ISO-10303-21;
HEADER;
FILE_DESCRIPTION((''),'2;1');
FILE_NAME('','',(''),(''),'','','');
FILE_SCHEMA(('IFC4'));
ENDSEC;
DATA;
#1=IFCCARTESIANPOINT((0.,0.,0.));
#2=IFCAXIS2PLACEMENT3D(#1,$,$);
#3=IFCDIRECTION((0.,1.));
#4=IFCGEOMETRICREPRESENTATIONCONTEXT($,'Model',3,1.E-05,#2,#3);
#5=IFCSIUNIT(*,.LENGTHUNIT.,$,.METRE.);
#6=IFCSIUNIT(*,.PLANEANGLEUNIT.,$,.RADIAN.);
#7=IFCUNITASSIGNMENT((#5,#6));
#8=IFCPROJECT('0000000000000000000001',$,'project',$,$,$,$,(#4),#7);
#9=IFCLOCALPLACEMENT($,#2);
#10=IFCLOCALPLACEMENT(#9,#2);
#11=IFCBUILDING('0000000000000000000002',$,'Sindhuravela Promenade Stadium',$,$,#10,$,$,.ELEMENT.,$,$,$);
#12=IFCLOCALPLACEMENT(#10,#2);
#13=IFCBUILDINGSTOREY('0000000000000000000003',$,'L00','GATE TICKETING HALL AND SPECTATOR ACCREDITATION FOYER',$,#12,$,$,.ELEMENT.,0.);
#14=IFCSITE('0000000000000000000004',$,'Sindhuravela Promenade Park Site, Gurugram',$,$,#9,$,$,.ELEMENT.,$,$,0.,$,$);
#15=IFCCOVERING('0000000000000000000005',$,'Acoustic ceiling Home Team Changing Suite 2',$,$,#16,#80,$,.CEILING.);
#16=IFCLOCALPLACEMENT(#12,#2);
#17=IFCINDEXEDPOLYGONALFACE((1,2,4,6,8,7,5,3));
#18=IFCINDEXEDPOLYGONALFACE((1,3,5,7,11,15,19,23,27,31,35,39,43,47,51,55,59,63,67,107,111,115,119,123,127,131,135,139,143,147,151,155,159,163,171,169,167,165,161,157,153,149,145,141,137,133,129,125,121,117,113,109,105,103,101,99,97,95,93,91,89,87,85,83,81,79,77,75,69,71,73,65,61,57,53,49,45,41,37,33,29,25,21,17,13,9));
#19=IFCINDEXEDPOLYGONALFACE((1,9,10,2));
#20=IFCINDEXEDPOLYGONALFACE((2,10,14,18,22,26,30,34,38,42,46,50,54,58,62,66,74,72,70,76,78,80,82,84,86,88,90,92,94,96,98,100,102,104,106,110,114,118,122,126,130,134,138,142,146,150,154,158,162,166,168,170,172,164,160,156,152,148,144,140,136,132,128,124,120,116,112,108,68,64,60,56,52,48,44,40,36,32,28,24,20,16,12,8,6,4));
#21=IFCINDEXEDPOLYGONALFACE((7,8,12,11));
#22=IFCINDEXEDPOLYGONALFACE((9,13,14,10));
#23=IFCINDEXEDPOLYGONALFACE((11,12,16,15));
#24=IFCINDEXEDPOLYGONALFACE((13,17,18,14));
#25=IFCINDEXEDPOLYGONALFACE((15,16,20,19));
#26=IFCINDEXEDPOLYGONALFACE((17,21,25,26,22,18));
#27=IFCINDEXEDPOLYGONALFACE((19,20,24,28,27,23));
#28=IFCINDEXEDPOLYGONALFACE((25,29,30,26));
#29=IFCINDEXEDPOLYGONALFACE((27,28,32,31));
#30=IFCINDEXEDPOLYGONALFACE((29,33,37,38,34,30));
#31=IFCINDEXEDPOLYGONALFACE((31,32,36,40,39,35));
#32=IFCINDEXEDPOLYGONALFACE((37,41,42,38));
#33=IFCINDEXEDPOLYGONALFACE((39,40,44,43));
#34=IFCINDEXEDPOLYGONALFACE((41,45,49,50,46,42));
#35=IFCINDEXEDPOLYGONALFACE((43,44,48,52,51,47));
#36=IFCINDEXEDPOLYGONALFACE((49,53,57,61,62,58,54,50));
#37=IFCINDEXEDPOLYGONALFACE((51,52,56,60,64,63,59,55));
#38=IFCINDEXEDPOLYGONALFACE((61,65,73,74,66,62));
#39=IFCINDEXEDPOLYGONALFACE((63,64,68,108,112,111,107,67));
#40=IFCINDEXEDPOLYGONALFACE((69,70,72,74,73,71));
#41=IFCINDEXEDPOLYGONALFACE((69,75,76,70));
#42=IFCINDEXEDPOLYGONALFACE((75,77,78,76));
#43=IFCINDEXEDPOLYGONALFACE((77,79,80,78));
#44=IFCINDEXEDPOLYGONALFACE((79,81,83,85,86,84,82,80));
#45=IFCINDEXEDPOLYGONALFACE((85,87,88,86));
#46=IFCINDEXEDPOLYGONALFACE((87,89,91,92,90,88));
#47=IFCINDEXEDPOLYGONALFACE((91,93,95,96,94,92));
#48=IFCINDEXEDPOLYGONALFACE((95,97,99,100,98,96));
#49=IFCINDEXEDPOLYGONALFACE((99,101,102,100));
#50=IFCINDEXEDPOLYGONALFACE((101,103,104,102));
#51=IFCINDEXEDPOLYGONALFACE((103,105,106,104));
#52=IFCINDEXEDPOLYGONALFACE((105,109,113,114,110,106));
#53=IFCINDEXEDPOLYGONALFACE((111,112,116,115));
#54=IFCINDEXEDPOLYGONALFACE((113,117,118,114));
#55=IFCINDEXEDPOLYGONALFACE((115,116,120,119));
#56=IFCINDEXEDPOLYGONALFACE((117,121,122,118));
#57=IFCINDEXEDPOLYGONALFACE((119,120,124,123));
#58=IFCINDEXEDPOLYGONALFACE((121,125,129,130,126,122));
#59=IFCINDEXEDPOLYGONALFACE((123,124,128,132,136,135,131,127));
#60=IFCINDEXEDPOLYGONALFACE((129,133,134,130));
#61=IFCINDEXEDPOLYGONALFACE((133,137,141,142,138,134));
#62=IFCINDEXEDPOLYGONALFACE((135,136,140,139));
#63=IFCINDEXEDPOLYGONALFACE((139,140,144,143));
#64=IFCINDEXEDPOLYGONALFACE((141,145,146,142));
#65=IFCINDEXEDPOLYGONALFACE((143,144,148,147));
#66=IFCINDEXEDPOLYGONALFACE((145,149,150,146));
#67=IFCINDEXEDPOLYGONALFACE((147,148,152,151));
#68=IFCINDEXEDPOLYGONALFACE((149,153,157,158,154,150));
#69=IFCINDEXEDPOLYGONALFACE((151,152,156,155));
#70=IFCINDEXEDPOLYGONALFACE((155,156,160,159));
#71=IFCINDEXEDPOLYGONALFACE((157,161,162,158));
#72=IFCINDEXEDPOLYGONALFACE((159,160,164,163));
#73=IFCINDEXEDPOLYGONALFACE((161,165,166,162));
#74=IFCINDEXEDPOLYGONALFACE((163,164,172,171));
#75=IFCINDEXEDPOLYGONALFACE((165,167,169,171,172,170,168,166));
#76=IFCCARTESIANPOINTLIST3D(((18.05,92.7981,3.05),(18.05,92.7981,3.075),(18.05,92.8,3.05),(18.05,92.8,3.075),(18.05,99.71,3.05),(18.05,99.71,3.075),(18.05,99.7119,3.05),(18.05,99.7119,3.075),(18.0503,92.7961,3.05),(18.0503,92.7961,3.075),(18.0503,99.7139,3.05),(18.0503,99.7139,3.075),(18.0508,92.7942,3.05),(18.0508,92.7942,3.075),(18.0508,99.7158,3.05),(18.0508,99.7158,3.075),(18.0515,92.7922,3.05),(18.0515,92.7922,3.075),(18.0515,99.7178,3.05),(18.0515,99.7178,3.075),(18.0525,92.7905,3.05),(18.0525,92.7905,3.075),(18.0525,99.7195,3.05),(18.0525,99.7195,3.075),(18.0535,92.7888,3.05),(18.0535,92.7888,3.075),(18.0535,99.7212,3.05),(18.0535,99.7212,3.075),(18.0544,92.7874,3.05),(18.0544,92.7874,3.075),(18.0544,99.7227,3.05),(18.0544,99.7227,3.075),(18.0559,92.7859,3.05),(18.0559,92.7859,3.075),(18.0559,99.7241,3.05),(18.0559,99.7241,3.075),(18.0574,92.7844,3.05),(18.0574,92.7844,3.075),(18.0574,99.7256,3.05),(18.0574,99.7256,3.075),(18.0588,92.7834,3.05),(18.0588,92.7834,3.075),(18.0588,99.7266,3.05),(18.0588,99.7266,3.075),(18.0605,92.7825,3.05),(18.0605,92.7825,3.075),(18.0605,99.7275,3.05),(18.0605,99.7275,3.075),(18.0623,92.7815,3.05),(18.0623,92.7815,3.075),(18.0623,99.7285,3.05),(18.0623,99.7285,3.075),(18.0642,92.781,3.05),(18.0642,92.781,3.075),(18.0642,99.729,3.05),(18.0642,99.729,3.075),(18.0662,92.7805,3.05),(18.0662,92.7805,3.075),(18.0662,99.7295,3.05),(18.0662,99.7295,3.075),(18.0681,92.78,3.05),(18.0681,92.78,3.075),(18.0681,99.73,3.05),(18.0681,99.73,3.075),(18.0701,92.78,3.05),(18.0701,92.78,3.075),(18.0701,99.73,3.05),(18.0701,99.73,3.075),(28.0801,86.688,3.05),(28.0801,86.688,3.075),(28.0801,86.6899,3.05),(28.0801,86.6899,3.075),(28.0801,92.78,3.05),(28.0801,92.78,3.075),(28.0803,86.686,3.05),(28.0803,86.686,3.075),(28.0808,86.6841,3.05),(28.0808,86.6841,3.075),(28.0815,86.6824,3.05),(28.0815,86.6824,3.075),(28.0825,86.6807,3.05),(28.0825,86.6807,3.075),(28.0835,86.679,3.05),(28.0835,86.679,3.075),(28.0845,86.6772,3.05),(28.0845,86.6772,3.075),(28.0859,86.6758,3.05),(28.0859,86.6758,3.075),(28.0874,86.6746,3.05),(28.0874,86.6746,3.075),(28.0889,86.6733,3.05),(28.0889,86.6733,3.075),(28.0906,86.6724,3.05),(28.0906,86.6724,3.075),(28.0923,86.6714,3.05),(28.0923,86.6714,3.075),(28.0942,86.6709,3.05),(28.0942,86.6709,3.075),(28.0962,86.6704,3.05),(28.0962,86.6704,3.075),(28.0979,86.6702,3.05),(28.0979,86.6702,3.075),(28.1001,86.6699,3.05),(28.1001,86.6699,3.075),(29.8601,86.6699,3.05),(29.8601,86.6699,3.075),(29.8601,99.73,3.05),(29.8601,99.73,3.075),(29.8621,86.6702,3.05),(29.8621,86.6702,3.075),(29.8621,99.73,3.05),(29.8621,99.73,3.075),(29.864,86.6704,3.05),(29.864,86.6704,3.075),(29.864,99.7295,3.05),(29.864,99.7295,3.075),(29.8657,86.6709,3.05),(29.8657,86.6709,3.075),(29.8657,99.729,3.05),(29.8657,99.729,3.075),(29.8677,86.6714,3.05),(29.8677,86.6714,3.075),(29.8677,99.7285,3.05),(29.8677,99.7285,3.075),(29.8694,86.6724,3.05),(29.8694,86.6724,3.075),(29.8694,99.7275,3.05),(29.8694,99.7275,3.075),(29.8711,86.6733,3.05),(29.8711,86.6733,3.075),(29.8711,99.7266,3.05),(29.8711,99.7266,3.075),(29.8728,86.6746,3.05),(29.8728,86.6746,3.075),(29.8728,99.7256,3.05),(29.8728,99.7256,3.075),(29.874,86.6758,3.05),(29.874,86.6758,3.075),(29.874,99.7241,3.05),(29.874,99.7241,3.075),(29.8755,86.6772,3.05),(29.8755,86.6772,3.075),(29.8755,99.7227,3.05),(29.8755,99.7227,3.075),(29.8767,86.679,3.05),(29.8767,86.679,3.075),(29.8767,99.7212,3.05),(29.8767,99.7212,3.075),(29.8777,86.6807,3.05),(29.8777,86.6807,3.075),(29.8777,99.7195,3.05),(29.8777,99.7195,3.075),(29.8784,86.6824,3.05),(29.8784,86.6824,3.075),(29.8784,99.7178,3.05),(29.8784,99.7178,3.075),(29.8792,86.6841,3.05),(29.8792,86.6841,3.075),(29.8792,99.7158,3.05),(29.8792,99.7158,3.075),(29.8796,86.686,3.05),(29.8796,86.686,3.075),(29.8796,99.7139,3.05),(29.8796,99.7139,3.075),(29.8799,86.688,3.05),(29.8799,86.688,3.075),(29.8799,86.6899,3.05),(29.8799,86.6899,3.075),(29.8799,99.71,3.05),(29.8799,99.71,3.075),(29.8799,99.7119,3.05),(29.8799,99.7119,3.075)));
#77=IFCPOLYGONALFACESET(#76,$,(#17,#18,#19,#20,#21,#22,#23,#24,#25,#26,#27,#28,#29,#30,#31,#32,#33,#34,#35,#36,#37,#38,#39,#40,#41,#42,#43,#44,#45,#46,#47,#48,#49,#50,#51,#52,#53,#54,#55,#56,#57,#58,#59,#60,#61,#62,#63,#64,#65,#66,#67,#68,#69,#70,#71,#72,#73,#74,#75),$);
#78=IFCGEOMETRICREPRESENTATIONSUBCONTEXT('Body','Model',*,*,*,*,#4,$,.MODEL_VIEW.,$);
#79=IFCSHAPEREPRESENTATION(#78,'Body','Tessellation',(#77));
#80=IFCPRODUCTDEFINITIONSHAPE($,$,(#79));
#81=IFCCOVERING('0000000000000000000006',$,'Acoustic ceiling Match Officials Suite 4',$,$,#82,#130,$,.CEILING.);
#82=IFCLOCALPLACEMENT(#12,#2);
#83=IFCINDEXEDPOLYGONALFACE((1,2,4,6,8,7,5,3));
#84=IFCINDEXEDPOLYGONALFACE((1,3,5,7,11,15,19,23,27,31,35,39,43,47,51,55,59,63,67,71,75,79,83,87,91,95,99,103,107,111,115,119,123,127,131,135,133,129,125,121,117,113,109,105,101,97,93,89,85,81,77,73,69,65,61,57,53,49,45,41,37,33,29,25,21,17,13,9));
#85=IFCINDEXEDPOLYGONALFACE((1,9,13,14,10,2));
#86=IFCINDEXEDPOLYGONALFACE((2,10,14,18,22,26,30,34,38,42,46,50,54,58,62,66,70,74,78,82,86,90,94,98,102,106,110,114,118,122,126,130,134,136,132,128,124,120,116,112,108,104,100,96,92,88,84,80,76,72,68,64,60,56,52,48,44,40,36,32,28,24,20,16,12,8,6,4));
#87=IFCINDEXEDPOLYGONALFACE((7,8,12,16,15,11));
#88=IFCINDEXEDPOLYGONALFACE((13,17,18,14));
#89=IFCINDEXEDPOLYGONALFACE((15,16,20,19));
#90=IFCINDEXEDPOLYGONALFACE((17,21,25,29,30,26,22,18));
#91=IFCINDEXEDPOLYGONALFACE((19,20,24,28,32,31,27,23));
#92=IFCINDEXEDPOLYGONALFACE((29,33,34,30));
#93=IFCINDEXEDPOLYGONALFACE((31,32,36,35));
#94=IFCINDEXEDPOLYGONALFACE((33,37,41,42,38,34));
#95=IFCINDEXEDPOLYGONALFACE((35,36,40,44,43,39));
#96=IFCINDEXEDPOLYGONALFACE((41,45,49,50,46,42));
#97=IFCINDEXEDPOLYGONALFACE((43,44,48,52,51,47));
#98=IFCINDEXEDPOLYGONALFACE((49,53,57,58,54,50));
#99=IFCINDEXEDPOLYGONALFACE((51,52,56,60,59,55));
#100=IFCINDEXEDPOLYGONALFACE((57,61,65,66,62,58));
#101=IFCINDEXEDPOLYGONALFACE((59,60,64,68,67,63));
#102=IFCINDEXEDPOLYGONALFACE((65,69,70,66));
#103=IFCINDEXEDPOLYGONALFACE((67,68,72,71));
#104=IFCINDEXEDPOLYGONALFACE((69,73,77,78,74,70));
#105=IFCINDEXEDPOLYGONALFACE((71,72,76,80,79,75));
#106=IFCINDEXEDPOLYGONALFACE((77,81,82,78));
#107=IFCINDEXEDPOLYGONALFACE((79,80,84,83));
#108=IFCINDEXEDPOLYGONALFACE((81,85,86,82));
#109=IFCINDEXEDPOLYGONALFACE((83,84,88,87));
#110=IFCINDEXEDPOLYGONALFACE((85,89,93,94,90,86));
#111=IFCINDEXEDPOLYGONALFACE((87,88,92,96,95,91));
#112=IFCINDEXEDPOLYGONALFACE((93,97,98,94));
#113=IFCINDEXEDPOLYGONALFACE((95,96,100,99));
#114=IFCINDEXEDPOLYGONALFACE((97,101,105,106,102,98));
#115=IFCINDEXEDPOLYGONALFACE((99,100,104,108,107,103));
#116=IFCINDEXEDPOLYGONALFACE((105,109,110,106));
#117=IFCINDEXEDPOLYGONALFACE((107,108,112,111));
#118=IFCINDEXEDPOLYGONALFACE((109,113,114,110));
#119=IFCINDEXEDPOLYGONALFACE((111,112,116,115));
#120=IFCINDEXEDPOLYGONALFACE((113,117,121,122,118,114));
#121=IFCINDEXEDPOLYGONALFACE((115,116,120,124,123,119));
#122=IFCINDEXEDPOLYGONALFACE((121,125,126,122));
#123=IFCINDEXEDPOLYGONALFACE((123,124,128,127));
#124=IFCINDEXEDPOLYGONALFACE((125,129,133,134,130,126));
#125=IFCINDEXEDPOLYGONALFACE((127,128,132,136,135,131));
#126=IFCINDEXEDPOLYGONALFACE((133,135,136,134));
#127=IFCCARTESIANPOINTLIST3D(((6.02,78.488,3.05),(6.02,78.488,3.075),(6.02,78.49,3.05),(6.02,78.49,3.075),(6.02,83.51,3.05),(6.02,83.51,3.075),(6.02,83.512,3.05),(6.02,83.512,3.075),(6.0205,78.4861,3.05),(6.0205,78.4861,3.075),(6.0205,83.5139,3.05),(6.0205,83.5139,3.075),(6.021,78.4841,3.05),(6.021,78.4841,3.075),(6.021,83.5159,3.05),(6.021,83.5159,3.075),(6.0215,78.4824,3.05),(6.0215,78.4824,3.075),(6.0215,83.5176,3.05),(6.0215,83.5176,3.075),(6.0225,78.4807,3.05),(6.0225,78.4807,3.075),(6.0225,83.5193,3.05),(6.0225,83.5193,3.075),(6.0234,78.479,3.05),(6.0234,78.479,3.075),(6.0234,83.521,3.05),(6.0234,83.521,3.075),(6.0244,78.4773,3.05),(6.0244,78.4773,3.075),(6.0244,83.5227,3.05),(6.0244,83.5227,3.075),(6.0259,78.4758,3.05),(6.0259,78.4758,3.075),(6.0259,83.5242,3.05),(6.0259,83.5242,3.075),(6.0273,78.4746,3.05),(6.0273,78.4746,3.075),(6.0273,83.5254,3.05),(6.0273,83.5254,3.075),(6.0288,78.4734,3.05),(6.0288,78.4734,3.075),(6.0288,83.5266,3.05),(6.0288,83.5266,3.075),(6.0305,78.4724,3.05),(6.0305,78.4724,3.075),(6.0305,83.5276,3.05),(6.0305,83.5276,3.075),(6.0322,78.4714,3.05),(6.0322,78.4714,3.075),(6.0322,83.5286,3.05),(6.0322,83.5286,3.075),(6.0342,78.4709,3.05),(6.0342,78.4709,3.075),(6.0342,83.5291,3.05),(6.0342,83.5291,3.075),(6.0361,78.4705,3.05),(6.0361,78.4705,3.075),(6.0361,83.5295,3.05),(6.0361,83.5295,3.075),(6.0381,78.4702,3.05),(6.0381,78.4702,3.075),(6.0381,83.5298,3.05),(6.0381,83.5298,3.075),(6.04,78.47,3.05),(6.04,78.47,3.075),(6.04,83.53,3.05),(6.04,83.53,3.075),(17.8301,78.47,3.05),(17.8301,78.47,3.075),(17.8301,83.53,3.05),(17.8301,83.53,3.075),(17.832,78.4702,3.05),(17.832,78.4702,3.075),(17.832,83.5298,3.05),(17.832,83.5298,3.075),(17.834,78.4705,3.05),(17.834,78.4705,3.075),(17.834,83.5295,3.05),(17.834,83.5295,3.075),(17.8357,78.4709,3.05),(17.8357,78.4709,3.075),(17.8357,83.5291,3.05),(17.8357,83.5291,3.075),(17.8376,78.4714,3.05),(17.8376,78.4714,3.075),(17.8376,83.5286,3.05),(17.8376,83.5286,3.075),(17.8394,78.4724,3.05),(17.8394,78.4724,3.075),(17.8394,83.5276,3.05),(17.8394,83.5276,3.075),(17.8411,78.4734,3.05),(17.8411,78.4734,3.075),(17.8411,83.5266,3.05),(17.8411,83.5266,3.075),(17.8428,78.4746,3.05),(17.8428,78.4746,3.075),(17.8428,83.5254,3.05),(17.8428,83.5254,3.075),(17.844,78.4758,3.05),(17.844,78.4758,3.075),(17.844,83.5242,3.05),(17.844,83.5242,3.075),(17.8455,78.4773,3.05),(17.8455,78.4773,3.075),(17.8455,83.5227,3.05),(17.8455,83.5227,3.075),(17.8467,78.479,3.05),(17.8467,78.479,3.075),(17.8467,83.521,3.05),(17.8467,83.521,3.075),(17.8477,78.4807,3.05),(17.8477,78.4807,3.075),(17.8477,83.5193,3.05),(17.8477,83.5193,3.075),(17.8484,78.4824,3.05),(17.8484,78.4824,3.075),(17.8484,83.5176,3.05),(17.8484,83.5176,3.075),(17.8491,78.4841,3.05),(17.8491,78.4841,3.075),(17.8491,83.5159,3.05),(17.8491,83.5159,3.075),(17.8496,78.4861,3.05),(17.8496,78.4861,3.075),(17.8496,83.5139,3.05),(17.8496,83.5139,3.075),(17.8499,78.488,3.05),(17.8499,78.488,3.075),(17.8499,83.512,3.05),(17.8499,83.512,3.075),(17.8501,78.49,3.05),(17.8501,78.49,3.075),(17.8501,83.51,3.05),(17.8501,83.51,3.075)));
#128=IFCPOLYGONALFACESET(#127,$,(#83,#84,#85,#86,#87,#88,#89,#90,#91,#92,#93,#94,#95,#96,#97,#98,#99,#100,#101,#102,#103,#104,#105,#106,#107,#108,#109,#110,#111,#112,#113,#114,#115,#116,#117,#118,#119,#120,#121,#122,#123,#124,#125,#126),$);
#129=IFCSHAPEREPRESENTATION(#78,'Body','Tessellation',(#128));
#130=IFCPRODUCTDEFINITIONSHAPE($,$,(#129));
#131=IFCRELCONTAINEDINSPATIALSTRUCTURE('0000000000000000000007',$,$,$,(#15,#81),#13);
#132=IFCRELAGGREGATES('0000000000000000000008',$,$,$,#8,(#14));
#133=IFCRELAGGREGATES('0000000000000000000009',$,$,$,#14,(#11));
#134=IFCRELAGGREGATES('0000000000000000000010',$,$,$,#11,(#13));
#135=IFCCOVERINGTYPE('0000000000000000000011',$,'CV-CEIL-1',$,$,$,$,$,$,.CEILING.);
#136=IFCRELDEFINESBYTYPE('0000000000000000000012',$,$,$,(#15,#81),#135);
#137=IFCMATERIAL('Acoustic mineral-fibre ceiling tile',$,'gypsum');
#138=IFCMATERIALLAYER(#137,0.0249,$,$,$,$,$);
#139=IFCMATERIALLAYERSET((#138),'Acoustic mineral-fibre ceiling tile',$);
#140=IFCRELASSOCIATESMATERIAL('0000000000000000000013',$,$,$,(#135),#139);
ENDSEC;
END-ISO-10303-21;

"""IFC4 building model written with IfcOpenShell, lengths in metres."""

from ifc_helpers import new_model, si_unit, direction, frame, origin, place, context, subcontext, project, spatial, polyline, outline, extrude, material, layer, layer_set, type_object, element, save


model = new_model("IFC4")

# Units and contexts
model_context = context("Model", 3, precision=1e-05, world=origin(), true_north=direction((0.0, 1.0)))
body_context = subcontext(model_context, "Body", "Model", "MODEL_VIEW")
ifc_project = project(units=[si_unit("LENGTHUNIT", "METRE"), si_unit("PLANEANGLEUNIT", "RADIAN")], contexts=[model_context])

# Site, building, storey
site_placement = place(None, origin())
site = spatial("IfcSite", under=ifc_project, at=site_placement, Name="Sindhuravela Promenade Park Site, Gurugram", CompositionType="ELEMENT", RefElevation=0.0)
building_placement = place(site_placement, origin())
building = spatial("IfcBuilding", under=site, at=building_placement, Name="Sindhuravela Promenade Stadium", CompositionType="ELEMENT")
storey_placement = place(building_placement, origin())
storey = spatial("IfcBuildingStorey", under=building, at=storey_placement, Name="L00", Description="GATE TICKETING HALL AND SPECTATOR ACCREDITATION FOYER", CompositionType="ELEMENT", Elevation=0.0)

# Coverings
ifc_material = material(Name="Acoustic mineral-fibre ceiling tile", Category="gypsum")
ifc_layer_1 = layer(ifc_material, 0.0249)
ifc_layer_set_1 = layer_set([ifc_layer_1], Name="Acoustic mineral-fibre ceiling tile")
covering_type_1 = type_object("IfcCoveringType", Name="CV-CEIL-1", PredefinedType="CEILING", material=ifc_layer_set_1)
covering_1_placement = place(storey_placement, frame((0.0, 0.0, 3.05)))
element("IfcCovering", 1, at=covering_1_placement, inside=storey, type_object=covering_type_1, Name="Acoustic ceiling Home Team Changing Suite 2", PredefinedType="CEILING", context=body_context, shape_type="SweptSolid", body=[
    extrude(outline(polyline([(29.8601, 99.73), (29.8621, 99.73), (29.864, 99.7295), (29.8657, 99.729), (29.8677, 99.7285), (29.8694, 99.7275), (29.8711, 99.7266), (29.8728, 99.7256), (29.874, 99.7241), (29.8755, 99.7227), (29.8767, 99.7212), (29.8777, 99.7195), (29.8784, 99.7178), (29.8792, 99.7158), (29.8796, 99.7139), (29.8799, 99.7119), (29.8799, 99.71), (29.8799, 86.6899), (29.8799, 86.688), (29.8796, 86.686), (29.8792, 86.6841), (29.8784, 86.6824), (29.8777, 86.6807), (29.8767, 86.679), (29.8755, 86.6772), (29.874, 86.6758), (29.8728, 86.6746), (29.8711, 86.6733), (29.8694, 86.6724), (29.8677, 86.6714), (29.8657, 86.6709), (29.864, 86.6704), (29.8621, 86.6702), (29.8601, 86.6699), (28.1001, 86.6699), (28.0979, 86.6702), (28.0962, 86.6704), (28.0942, 86.6709), (28.0923, 86.6714), (28.0906, 86.6724), (28.0889, 86.6733), (28.0874, 86.6746), (28.0859, 86.6758), (28.0845, 86.6772), (28.0835, 86.679), (28.0825, 86.6807), (28.0815, 86.6824), (28.0808, 86.6841), (28.0803, 86.686), (28.0801, 86.688), (28.0801, 86.6899), (28.0801, 92.78), (18.0701, 92.78), (18.0681, 92.78), (18.0662, 92.7805), (18.0642, 92.781), (18.0623, 92.7815), (18.0605, 92.7825), (18.0588, 92.7834), (18.0574, 92.7844), (18.0559, 92.7859), (18.0544, 92.7874), (18.0535, 92.7888), (18.0525, 92.7905), (18.0515, 92.7922), (18.0508, 92.7942), (18.0503, 92.7961), (18.05, 92.7981), (18.05, 92.8), (18.05, 99.71), (18.05, 99.7119), (18.0503, 99.7139), (18.0508, 99.7158), (18.0515, 99.7178), (18.0525, 99.7195), (18.0535, 99.7212), (18.0544, 99.7227), (18.0559, 99.7241), (18.0574, 99.7256), (18.0588, 99.7266), (18.0605, 99.7275), (18.0623, 99.7285), (18.0642, 99.729), (18.0662, 99.7295), (18.0681, 99.73), (18.0701, 99.73), (29.8601, 99.73)])), origin(), (0.0, 0.0, 1.0), 0.0249),
])
covering_2_placement = place(storey_placement, frame((0.0, 0.0, 3.05)))
element("IfcCovering", 2, at=covering_2_placement, inside=storey, type_object=covering_type_1, Name="Acoustic ceiling Match Officials Suite 4", PredefinedType="CEILING", context=body_context, shape_type="SweptSolid", body=[
    extrude(outline(polyline([(6.04, 78.47), (6.0381, 78.4702), (6.0361, 78.4705), (6.0342, 78.4709), (6.0322, 78.4714), (6.0305, 78.4724), (6.0288, 78.4734), (6.0273, 78.4746), (6.0259, 78.4758), (6.0244, 78.4773), (6.0234, 78.479), (6.0225, 78.4807), (6.0215, 78.4824), (6.021, 78.4841), (6.0205, 78.4861), (6.02, 78.488), (6.02, 78.49), (6.02, 83.51), (6.02, 83.512), (6.0205, 83.5139), (6.021, 83.5159), (6.0215, 83.5176), (6.0225, 83.5193), (6.0234, 83.521), (6.0244, 83.5227), (6.0259, 83.5242), (6.0273, 83.5254), (6.0288, 83.5266), (6.0305, 83.5276), (6.0322, 83.5286), (6.0342, 83.5291), (6.0361, 83.5295), (6.0381, 83.5298), (6.04, 83.53), (17.8301, 83.53), (17.832, 83.5298), (17.834, 83.5295), (17.8357, 83.5291), (17.8376, 83.5286), (17.8394, 83.5276), (17.8411, 83.5266), (17.8428, 83.5254), (17.844, 83.5242), (17.8455, 83.5227), (17.8467, 83.521), (17.8477, 83.5193), (17.8484, 83.5176), (17.8491, 83.5159), (17.8496, 83.5139), (17.8499, 83.512), (17.8501, 83.51), (17.8501, 78.49), (17.8499, 78.488), (17.8496, 78.4861), (17.8491, 78.4841), (17.8484, 78.4824), (17.8477, 78.4807), (17.8467, 78.479), (17.8455, 78.4773), (17.844, 78.4758), (17.8428, 78.4746), (17.8411, 78.4734), (17.8394, 78.4724), (17.8376, 78.4714), (17.8357, 78.4709), (17.834, 78.4705), (17.832, 78.4702), (17.8301, 78.47), (6.04, 78.47)])), origin(), (0.0, 0.0, 1.0), 0.0249),
])

save(model, "model.ifc")
